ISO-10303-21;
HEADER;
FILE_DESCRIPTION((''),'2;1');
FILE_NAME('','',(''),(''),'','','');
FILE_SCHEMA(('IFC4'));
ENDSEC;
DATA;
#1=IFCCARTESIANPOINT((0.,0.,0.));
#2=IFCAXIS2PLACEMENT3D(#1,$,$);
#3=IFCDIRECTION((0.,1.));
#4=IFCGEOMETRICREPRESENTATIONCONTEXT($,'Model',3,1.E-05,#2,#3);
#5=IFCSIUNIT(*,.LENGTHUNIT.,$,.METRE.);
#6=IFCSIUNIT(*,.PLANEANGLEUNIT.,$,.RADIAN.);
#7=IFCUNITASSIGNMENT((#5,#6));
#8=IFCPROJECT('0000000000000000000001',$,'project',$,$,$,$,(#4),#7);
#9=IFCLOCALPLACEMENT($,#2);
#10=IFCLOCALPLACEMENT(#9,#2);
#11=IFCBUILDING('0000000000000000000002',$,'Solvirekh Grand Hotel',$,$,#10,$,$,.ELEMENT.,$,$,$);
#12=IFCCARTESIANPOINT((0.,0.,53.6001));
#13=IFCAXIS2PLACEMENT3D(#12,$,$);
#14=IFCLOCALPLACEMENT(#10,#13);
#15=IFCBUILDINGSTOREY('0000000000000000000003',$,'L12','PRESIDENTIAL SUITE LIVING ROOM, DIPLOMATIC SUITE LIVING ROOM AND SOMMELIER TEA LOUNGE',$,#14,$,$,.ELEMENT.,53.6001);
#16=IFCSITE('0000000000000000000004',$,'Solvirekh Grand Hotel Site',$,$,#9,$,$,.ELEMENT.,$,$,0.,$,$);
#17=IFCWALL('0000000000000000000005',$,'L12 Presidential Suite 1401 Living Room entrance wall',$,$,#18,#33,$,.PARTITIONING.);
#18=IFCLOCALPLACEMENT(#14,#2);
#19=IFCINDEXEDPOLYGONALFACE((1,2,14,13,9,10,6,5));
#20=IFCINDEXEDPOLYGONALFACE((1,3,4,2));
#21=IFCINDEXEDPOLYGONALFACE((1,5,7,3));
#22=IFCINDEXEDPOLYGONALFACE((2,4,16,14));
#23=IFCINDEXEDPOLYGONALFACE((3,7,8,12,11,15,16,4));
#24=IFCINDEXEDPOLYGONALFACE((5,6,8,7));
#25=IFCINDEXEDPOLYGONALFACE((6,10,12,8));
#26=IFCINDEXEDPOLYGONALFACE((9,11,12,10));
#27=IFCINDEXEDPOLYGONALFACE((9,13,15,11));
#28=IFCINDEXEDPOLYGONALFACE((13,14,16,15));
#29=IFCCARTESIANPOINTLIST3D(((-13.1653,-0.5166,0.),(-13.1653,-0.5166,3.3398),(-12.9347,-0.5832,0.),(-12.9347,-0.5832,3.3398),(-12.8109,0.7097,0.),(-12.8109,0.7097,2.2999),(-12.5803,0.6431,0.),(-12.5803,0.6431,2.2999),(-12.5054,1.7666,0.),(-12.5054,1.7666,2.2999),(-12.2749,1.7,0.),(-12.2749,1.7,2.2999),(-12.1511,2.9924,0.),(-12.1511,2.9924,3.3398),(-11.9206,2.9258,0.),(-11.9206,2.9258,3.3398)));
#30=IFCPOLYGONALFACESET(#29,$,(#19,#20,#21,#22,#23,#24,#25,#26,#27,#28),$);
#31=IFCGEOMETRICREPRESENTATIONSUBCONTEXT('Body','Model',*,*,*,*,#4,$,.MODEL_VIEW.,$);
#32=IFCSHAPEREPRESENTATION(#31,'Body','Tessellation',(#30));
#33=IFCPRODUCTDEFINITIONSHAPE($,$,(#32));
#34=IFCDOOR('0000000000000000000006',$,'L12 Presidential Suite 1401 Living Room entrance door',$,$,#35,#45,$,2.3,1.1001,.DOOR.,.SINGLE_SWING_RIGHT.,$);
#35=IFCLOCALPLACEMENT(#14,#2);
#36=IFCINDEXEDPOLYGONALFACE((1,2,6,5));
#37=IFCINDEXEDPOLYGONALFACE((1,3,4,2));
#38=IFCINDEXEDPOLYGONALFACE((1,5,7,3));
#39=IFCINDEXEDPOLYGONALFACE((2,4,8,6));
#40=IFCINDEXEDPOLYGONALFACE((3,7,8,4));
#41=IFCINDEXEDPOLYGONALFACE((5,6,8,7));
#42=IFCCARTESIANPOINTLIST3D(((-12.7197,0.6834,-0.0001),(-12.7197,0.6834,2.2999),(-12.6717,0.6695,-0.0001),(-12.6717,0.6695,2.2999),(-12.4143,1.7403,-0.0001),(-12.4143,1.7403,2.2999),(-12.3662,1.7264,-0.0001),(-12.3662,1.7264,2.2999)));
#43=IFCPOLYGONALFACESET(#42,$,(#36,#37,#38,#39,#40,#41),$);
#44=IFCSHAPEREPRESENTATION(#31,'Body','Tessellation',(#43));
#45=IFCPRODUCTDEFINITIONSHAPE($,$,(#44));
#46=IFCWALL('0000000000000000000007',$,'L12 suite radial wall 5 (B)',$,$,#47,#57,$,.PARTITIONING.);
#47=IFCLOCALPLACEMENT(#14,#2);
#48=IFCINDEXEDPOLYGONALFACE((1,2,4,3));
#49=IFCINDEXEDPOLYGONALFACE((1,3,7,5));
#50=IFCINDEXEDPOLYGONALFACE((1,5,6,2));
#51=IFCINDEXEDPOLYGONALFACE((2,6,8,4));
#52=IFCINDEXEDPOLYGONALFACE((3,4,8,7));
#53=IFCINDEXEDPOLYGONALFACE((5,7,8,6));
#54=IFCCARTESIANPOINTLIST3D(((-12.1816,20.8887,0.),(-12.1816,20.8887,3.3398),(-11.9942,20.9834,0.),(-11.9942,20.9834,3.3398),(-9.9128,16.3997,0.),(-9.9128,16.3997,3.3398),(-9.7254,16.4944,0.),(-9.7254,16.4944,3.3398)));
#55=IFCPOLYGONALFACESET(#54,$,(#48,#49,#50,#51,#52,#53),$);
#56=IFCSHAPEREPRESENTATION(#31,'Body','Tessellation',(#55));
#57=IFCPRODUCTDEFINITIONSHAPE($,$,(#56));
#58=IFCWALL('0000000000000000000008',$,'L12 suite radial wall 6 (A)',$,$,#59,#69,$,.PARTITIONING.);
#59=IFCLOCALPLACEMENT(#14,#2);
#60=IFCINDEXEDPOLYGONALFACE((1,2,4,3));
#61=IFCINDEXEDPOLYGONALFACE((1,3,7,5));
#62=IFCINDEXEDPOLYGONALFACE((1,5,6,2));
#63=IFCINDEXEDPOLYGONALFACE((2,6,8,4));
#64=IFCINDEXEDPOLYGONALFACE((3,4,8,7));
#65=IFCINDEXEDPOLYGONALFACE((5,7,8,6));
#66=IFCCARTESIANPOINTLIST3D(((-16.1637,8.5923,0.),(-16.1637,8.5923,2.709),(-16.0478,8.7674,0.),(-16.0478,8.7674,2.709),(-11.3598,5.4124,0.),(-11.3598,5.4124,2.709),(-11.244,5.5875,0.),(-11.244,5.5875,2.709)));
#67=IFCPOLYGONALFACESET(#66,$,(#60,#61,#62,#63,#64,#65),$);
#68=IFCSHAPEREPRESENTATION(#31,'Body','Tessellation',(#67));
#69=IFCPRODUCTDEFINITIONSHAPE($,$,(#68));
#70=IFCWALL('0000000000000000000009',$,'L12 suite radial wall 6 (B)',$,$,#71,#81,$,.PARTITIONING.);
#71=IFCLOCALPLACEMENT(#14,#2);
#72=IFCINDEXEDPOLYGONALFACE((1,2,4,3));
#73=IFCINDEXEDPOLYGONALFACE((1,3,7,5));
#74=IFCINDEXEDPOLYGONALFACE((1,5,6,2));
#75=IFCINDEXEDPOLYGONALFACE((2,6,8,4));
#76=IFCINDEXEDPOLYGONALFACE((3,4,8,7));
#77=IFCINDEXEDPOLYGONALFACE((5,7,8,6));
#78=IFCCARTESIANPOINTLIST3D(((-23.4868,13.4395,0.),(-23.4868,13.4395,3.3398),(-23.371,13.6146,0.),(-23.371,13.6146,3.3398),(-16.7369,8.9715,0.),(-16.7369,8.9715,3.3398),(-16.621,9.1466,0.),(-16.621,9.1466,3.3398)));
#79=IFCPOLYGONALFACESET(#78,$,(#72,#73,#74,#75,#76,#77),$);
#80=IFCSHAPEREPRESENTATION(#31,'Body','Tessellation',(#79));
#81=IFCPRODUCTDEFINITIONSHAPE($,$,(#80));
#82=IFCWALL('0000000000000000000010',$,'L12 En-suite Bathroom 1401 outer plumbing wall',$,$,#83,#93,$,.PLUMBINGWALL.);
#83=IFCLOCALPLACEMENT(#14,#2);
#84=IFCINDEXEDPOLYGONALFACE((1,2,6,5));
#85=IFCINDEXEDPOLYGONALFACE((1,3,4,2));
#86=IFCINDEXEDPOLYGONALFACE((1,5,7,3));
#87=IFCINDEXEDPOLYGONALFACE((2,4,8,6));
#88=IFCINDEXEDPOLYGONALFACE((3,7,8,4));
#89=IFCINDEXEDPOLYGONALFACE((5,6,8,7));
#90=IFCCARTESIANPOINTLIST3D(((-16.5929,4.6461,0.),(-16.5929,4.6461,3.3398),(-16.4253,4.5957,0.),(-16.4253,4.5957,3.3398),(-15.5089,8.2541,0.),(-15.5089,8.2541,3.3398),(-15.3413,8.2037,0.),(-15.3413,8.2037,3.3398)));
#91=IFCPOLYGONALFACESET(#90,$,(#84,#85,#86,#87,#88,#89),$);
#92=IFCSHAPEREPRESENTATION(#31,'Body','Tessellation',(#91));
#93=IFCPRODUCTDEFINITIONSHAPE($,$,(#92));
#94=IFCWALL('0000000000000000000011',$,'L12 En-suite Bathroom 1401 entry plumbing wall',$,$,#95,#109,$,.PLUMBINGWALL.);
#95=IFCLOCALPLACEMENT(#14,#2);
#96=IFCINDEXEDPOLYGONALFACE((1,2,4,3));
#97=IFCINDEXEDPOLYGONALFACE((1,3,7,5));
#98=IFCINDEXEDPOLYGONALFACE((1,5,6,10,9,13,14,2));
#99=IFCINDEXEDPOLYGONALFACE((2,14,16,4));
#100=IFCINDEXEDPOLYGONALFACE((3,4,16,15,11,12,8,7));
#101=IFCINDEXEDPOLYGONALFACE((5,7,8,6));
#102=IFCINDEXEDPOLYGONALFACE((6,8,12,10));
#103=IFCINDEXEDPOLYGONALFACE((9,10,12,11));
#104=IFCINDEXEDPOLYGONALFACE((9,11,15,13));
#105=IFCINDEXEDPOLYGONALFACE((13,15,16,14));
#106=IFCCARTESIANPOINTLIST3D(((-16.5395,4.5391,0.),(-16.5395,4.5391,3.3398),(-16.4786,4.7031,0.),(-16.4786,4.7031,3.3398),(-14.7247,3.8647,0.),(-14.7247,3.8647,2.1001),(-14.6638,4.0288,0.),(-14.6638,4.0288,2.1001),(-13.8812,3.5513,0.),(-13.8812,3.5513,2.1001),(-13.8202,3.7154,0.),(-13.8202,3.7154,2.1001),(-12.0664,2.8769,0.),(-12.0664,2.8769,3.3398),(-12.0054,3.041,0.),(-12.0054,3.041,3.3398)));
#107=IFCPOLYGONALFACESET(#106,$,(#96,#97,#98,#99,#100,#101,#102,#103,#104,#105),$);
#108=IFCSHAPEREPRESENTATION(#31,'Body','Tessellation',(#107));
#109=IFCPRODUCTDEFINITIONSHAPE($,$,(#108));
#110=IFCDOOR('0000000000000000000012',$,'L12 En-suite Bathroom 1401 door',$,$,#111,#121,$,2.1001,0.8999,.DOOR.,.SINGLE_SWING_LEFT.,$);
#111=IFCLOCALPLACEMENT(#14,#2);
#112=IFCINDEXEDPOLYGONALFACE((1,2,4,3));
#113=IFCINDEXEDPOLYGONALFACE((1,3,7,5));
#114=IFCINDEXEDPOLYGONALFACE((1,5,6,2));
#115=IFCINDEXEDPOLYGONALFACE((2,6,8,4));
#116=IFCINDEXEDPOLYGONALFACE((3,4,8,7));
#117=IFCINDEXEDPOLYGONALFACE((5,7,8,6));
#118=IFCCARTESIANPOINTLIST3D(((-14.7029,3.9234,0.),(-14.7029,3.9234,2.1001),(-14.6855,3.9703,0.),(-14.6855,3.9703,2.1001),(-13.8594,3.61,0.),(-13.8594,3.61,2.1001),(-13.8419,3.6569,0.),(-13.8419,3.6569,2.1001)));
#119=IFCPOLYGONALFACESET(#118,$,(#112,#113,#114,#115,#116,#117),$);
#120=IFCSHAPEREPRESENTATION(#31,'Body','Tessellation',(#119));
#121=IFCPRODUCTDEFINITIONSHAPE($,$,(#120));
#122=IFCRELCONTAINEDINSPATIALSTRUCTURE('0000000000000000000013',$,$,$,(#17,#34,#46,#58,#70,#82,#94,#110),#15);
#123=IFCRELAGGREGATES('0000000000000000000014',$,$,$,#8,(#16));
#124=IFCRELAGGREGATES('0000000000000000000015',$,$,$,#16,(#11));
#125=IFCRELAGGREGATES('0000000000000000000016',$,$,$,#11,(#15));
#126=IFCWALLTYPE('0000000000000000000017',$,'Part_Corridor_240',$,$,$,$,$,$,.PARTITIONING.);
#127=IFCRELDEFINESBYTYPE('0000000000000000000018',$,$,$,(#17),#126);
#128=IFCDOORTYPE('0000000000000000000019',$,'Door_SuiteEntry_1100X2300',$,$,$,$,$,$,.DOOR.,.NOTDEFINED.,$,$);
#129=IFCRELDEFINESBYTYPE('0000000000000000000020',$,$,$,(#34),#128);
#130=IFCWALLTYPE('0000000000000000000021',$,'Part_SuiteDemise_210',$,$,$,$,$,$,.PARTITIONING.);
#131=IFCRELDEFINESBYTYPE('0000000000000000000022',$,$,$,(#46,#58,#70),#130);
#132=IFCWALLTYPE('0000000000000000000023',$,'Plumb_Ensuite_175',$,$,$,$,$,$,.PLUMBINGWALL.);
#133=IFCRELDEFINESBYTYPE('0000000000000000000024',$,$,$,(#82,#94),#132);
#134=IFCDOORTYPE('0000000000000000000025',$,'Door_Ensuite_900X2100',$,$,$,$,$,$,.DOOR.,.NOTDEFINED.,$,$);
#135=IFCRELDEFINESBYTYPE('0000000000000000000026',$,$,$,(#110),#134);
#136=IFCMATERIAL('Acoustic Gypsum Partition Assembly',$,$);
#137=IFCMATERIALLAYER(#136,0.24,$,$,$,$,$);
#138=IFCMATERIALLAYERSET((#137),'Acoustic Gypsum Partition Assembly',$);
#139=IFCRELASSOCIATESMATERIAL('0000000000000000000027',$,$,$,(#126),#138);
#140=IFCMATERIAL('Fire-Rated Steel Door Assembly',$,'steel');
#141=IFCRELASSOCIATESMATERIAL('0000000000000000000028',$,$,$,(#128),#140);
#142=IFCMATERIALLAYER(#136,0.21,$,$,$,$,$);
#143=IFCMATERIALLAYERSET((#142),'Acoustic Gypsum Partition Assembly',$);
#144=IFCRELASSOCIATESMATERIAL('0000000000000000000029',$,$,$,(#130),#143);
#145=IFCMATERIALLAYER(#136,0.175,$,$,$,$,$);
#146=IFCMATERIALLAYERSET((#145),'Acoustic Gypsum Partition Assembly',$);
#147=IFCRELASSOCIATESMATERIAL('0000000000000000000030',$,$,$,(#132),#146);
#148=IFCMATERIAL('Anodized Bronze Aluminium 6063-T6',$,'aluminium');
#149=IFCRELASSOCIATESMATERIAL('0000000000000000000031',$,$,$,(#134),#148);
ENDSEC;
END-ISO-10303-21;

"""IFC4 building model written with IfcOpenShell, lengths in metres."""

from ifc_helpers import new_model, si_unit, direction, frame, frame_2d, origin, place, context, subcontext, project, spatial, rectangle, extrude, material, layer, layer_set, type_object, element, fill, save


model = new_model("IFC4")

# Units and contexts
model_context = context("Model", 3, precision=1e-05, world=origin(), true_north=direction((0.0, 1.0)))
body_context = subcontext(model_context, "Body", "Model", "MODEL_VIEW")
ifc_project = project(units=[si_unit("LENGTHUNIT", "METRE"), si_unit("PLANEANGLEUNIT", "RADIAN")], contexts=[model_context])

# Site, building, storey
site_placement = place(None, origin())
site = spatial("IfcSite", under=ifc_project, at=site_placement, Name="Solvirekh Grand Hotel Site", CompositionType="ELEMENT", RefElevation=0.0)
building_placement = place(site_placement, origin())
building = spatial("IfcBuilding", under=site, at=building_placement, Name="Solvirekh Grand Hotel", CompositionType="ELEMENT")
storey_placement = place(building_placement, frame((0.0, 0.0, 53.6001)))
storey = spatial("IfcBuildingStorey", under=building, at=storey_placement, Name="L12", Description="PRESIDENTIAL SUITE LIVING ROOM, DIPLOMATIC SUITE LIVING ROOM AND SOMMELIER TEA LOUNGE", CompositionType="ELEMENT", Elevation=53.6001)

# Shared definitions
ifc_material_1 = material(Name="Anodized Bronze Aluminium 6063-T6", Category="aluminium")

# Shared definitions
ifc_material_2 = material(Name="Acoustic Gypsum Partition Assembly")
ifc_layer_1 = layer(ifc_material_2, 0.24)
ifc_layer_set_1 = layer_set([ifc_layer_1], Name="Acoustic Gypsum Partition Assembly")
wall_type_1 = type_object("IfcWallType", Name="Part_Corridor_240", PredefinedType="PARTITIONING", material=ifc_layer_set_1)

# Wall, opening, door
wall_1_placement = place(storey_placement, frame((-12.0359, 2.959, 0.0), z_axis=(0.0, 0.0, 1.0), x_axis=(-0.277651, -0.960682, 0.0)))
wall_1 = element("IfcWall", 1, at=wall_1_placement, inside=storey, type_object=wall_type_1, Name="L12 Presidential Suite 1401 Living Room entrance wall", PredefinedType="PARTITIONING", context=body_context, shape_type="SweptSolid", body=[
    extrude(rectangle(XDim=3.6526, YDim=0.24, at=frame_2d((1.8262, 0.0))), origin(), (0.0, 0.0, 1.0), 3.3398),
])
opening_1_placement = place(wall_1_placement, frame((1.2759, 0.0, 0.0)))
opening_1 = element("IfcOpeningElement", 2, at=opening_1_placement, cuts=wall_1, PredefinedType="OPENING", context=body_context, shape_type="SweptSolid", body=[
    extrude(rectangle(XDim=1.1001, YDim=2.3, at=frame_2d((0.55, 1.1499))), frame((0.0, 0.1299, 0.0), z_axis=(0.0, -1.0, 0.0), x_axis=(1.0, 0.0, 0.0)), (0.0, 0.0, 1.0), 0.26),
])
ifc_material_3 = material(Name="Fire-Rated Steel Door Assembly", Category="steel")
door_type_1 = type_object("IfcDoorType", Name="Door_SuiteEntry_1100X2300", OperationType="NOTDEFINED", PredefinedType="DOOR", material=ifc_material_3)
door_1_placement = place(opening_1_placement, origin())
door_1 = element("IfcDoor", 3, at=door_1_placement, inside=storey, type_object=door_type_1, Name="L12 Presidential Suite 1401 Living Room entrance door", OperationType="SINGLE_SWING_RIGHT", OverallHeight=2.3, OverallWidth=1.1001, PredefinedType="DOOR", context=body_context, shape_type="SweptSolid", body=[
    extrude(rectangle(XDim=1.1001, YDim=2.3, at=frame_2d((0.55, 1.1499))), frame((0.0, 0.0249, 0.0), z_axis=(0.0, -1.0, 0.0), x_axis=(1.0, 0.0, 0.0)), (0.0, 0.0, 1.0), 0.05),
])
fill(opening_1, door_1)

# Walls
ifc_layer_2 = layer(ifc_material_2, 0.21)
ifc_layer_set_2 = layer_set([ifc_layer_2], Name="Acoustic Gypsum Partition Assembly")
wall_type_2 = type_object("IfcWallType", Name="Part_SuiteDemise_210", PredefinedType="PARTITIONING", material=ifc_layer_set_2)
wall_2_placement = place(storey_placement, frame((-9.8191, 16.447, 0.0), z_axis=(0.0, 0.0, 1.0), x_axis=(-0.451073, 0.892487, 0.0)))
element("IfcWall", 4, at=wall_2_placement, inside=storey, type_object=wall_type_2, Name="L12 suite radial wall 5 (B)", PredefinedType="PARTITIONING", context=body_context, shape_type="SweptSolid", body=[
    extrude(rectangle(XDim=5.0298, YDim=0.21, at=frame_2d((2.5149, 0.0))), origin(), (0.0, 0.0, 1.0), 3.3398),
])
wall_3_placement = place(storey_placement, frame((-11.302, 5.5, 0.0), z_axis=(0.0, 0.0, 1.0), x_axis=(-0.833865, 0.551969, 0.0)))
element("IfcWall", 5, at=wall_3_placement, inside=storey, type_object=wall_type_2, Name="L12 suite radial wall 6 (A)", PredefinedType="PARTITIONING", context=body_context, shape_type="SweptSolid", body=[
    extrude(rectangle(XDim=5.761, YDim=0.21, at=frame_2d((2.8804, 0.0))), origin(), (0.0, 0.0, 1.0), 2.709),
])
wall_4_placement = place(storey_placement, frame((-16.679, 9.0591, 0.0), z_axis=(0.0, 0.0, 1.0), x_axis=(-0.833869, 0.551962, 0.0)))
element("IfcWall", 6, at=wall_4_placement, inside=storey, type_object=wall_type_2, Name="L12 suite radial wall 6 (B)", PredefinedType="PARTITIONING", context=body_context, shape_type="SweptSolid", body=[
    extrude(rectangle(XDim=8.0947, YDim=0.21, at=frame_2d((4.0474, 0.0))), origin(), (0.0, 0.0, 1.0), 3.3398),
])
ifc_layer_3 = layer(ifc_material_2, 0.175)
ifc_layer_set_3 = layer_set([ifc_layer_3], Name="Acoustic Gypsum Partition Assembly")
wall_type_3 = type_object("IfcWallType", Name="Plumb_Ensuite_175", PredefinedType="PLUMBINGWALL", material=ifc_layer_set_3)
wall_5_placement = place(storey_placement, frame((-15.425, 8.229, 0.0), z_axis=(0.0, 0.0, 1.0), x_axis=(-0.28774, -0.957708, 0.0)))
element("IfcWall", 7, at=wall_5_placement, inside=storey, type_object=wall_type_3, Name="L12 En-suite Bathroom 1401 outer plumbing wall", PredefinedType="PLUMBINGWALL", context=body_context, shape_type="SweptSolid", body=[
    extrude(rectangle(XDim=3.7673, YDim=0.175, at=frame_2d((1.8838, 0.0))), origin(), (0.0, 0.0, 1.0), 3.3398),
])

# Wall, opening, door
wall_6_placement = place(storey_placement, frame((-12.0359, 2.959, 0.0), z_axis=(0.0, 0.0, 1.0), x_axis=(-0.93738, 0.348307, 0.0)))
wall_6 = element("IfcWall", 8, at=wall_6_placement, inside=storey, type_object=wall_type_3, Name="L12 En-suite Bathroom 1401 entry plumbing wall", PredefinedType="PLUMBINGWALL", context=body_context, shape_type="SweptSolid", body=[
    extrude(rectangle(XDim=4.772, YDim=0.175, at=frame_2d((2.386, 0.0))), origin(), (0.0, 0.0, 1.0), 3.3398),
])
opening_2_placement = place(wall_6_placement, frame((1.936, 0.0, 0.0)))
opening_2 = element("IfcOpeningElement", 9, at=opening_2_placement, cuts=wall_6, PredefinedType="OPENING", context=body_context, shape_type="SweptSolid", body=[
    extrude(rectangle(XDim=0.8999, YDim=2.1001, at=frame_2d((0.45, 1.05))), frame((0.0, 0.0977, 0.0), z_axis=(0.0, -1.0, 0.0), x_axis=(1.0, 0.0, 0.0)), (0.0, 0.0, 1.0), 0.1951),
])
door_type_2 = type_object("IfcDoorType", Name="Door_Ensuite_900X2100", OperationType="NOTDEFINED", PredefinedType="DOOR", material=ifc_material_1)
door_2_placement = place(opening_2_placement, origin())
door_2 = element("IfcDoor", 10, at=door_2_placement, inside=storey, type_object=door_type_2, Name="L12 En-suite Bathroom 1401 door", OperationType="SINGLE_SWING_LEFT", OverallHeight=2.1001, OverallWidth=0.8999, PredefinedType="DOOR", context=body_context, shape_type="SweptSolid", body=[
    extrude(rectangle(XDim=0.8999, YDim=2.1001, at=frame_2d((0.45, 1.05))), frame((0.0, 0.0249, 0.0), z_axis=(0.0, -1.0, 0.0), x_axis=(1.0, 0.0, 0.0)), (0.0, 0.0, 1.0), 0.05),
])
fill(opening_2, door_2)

save(model, "model.ifc")
